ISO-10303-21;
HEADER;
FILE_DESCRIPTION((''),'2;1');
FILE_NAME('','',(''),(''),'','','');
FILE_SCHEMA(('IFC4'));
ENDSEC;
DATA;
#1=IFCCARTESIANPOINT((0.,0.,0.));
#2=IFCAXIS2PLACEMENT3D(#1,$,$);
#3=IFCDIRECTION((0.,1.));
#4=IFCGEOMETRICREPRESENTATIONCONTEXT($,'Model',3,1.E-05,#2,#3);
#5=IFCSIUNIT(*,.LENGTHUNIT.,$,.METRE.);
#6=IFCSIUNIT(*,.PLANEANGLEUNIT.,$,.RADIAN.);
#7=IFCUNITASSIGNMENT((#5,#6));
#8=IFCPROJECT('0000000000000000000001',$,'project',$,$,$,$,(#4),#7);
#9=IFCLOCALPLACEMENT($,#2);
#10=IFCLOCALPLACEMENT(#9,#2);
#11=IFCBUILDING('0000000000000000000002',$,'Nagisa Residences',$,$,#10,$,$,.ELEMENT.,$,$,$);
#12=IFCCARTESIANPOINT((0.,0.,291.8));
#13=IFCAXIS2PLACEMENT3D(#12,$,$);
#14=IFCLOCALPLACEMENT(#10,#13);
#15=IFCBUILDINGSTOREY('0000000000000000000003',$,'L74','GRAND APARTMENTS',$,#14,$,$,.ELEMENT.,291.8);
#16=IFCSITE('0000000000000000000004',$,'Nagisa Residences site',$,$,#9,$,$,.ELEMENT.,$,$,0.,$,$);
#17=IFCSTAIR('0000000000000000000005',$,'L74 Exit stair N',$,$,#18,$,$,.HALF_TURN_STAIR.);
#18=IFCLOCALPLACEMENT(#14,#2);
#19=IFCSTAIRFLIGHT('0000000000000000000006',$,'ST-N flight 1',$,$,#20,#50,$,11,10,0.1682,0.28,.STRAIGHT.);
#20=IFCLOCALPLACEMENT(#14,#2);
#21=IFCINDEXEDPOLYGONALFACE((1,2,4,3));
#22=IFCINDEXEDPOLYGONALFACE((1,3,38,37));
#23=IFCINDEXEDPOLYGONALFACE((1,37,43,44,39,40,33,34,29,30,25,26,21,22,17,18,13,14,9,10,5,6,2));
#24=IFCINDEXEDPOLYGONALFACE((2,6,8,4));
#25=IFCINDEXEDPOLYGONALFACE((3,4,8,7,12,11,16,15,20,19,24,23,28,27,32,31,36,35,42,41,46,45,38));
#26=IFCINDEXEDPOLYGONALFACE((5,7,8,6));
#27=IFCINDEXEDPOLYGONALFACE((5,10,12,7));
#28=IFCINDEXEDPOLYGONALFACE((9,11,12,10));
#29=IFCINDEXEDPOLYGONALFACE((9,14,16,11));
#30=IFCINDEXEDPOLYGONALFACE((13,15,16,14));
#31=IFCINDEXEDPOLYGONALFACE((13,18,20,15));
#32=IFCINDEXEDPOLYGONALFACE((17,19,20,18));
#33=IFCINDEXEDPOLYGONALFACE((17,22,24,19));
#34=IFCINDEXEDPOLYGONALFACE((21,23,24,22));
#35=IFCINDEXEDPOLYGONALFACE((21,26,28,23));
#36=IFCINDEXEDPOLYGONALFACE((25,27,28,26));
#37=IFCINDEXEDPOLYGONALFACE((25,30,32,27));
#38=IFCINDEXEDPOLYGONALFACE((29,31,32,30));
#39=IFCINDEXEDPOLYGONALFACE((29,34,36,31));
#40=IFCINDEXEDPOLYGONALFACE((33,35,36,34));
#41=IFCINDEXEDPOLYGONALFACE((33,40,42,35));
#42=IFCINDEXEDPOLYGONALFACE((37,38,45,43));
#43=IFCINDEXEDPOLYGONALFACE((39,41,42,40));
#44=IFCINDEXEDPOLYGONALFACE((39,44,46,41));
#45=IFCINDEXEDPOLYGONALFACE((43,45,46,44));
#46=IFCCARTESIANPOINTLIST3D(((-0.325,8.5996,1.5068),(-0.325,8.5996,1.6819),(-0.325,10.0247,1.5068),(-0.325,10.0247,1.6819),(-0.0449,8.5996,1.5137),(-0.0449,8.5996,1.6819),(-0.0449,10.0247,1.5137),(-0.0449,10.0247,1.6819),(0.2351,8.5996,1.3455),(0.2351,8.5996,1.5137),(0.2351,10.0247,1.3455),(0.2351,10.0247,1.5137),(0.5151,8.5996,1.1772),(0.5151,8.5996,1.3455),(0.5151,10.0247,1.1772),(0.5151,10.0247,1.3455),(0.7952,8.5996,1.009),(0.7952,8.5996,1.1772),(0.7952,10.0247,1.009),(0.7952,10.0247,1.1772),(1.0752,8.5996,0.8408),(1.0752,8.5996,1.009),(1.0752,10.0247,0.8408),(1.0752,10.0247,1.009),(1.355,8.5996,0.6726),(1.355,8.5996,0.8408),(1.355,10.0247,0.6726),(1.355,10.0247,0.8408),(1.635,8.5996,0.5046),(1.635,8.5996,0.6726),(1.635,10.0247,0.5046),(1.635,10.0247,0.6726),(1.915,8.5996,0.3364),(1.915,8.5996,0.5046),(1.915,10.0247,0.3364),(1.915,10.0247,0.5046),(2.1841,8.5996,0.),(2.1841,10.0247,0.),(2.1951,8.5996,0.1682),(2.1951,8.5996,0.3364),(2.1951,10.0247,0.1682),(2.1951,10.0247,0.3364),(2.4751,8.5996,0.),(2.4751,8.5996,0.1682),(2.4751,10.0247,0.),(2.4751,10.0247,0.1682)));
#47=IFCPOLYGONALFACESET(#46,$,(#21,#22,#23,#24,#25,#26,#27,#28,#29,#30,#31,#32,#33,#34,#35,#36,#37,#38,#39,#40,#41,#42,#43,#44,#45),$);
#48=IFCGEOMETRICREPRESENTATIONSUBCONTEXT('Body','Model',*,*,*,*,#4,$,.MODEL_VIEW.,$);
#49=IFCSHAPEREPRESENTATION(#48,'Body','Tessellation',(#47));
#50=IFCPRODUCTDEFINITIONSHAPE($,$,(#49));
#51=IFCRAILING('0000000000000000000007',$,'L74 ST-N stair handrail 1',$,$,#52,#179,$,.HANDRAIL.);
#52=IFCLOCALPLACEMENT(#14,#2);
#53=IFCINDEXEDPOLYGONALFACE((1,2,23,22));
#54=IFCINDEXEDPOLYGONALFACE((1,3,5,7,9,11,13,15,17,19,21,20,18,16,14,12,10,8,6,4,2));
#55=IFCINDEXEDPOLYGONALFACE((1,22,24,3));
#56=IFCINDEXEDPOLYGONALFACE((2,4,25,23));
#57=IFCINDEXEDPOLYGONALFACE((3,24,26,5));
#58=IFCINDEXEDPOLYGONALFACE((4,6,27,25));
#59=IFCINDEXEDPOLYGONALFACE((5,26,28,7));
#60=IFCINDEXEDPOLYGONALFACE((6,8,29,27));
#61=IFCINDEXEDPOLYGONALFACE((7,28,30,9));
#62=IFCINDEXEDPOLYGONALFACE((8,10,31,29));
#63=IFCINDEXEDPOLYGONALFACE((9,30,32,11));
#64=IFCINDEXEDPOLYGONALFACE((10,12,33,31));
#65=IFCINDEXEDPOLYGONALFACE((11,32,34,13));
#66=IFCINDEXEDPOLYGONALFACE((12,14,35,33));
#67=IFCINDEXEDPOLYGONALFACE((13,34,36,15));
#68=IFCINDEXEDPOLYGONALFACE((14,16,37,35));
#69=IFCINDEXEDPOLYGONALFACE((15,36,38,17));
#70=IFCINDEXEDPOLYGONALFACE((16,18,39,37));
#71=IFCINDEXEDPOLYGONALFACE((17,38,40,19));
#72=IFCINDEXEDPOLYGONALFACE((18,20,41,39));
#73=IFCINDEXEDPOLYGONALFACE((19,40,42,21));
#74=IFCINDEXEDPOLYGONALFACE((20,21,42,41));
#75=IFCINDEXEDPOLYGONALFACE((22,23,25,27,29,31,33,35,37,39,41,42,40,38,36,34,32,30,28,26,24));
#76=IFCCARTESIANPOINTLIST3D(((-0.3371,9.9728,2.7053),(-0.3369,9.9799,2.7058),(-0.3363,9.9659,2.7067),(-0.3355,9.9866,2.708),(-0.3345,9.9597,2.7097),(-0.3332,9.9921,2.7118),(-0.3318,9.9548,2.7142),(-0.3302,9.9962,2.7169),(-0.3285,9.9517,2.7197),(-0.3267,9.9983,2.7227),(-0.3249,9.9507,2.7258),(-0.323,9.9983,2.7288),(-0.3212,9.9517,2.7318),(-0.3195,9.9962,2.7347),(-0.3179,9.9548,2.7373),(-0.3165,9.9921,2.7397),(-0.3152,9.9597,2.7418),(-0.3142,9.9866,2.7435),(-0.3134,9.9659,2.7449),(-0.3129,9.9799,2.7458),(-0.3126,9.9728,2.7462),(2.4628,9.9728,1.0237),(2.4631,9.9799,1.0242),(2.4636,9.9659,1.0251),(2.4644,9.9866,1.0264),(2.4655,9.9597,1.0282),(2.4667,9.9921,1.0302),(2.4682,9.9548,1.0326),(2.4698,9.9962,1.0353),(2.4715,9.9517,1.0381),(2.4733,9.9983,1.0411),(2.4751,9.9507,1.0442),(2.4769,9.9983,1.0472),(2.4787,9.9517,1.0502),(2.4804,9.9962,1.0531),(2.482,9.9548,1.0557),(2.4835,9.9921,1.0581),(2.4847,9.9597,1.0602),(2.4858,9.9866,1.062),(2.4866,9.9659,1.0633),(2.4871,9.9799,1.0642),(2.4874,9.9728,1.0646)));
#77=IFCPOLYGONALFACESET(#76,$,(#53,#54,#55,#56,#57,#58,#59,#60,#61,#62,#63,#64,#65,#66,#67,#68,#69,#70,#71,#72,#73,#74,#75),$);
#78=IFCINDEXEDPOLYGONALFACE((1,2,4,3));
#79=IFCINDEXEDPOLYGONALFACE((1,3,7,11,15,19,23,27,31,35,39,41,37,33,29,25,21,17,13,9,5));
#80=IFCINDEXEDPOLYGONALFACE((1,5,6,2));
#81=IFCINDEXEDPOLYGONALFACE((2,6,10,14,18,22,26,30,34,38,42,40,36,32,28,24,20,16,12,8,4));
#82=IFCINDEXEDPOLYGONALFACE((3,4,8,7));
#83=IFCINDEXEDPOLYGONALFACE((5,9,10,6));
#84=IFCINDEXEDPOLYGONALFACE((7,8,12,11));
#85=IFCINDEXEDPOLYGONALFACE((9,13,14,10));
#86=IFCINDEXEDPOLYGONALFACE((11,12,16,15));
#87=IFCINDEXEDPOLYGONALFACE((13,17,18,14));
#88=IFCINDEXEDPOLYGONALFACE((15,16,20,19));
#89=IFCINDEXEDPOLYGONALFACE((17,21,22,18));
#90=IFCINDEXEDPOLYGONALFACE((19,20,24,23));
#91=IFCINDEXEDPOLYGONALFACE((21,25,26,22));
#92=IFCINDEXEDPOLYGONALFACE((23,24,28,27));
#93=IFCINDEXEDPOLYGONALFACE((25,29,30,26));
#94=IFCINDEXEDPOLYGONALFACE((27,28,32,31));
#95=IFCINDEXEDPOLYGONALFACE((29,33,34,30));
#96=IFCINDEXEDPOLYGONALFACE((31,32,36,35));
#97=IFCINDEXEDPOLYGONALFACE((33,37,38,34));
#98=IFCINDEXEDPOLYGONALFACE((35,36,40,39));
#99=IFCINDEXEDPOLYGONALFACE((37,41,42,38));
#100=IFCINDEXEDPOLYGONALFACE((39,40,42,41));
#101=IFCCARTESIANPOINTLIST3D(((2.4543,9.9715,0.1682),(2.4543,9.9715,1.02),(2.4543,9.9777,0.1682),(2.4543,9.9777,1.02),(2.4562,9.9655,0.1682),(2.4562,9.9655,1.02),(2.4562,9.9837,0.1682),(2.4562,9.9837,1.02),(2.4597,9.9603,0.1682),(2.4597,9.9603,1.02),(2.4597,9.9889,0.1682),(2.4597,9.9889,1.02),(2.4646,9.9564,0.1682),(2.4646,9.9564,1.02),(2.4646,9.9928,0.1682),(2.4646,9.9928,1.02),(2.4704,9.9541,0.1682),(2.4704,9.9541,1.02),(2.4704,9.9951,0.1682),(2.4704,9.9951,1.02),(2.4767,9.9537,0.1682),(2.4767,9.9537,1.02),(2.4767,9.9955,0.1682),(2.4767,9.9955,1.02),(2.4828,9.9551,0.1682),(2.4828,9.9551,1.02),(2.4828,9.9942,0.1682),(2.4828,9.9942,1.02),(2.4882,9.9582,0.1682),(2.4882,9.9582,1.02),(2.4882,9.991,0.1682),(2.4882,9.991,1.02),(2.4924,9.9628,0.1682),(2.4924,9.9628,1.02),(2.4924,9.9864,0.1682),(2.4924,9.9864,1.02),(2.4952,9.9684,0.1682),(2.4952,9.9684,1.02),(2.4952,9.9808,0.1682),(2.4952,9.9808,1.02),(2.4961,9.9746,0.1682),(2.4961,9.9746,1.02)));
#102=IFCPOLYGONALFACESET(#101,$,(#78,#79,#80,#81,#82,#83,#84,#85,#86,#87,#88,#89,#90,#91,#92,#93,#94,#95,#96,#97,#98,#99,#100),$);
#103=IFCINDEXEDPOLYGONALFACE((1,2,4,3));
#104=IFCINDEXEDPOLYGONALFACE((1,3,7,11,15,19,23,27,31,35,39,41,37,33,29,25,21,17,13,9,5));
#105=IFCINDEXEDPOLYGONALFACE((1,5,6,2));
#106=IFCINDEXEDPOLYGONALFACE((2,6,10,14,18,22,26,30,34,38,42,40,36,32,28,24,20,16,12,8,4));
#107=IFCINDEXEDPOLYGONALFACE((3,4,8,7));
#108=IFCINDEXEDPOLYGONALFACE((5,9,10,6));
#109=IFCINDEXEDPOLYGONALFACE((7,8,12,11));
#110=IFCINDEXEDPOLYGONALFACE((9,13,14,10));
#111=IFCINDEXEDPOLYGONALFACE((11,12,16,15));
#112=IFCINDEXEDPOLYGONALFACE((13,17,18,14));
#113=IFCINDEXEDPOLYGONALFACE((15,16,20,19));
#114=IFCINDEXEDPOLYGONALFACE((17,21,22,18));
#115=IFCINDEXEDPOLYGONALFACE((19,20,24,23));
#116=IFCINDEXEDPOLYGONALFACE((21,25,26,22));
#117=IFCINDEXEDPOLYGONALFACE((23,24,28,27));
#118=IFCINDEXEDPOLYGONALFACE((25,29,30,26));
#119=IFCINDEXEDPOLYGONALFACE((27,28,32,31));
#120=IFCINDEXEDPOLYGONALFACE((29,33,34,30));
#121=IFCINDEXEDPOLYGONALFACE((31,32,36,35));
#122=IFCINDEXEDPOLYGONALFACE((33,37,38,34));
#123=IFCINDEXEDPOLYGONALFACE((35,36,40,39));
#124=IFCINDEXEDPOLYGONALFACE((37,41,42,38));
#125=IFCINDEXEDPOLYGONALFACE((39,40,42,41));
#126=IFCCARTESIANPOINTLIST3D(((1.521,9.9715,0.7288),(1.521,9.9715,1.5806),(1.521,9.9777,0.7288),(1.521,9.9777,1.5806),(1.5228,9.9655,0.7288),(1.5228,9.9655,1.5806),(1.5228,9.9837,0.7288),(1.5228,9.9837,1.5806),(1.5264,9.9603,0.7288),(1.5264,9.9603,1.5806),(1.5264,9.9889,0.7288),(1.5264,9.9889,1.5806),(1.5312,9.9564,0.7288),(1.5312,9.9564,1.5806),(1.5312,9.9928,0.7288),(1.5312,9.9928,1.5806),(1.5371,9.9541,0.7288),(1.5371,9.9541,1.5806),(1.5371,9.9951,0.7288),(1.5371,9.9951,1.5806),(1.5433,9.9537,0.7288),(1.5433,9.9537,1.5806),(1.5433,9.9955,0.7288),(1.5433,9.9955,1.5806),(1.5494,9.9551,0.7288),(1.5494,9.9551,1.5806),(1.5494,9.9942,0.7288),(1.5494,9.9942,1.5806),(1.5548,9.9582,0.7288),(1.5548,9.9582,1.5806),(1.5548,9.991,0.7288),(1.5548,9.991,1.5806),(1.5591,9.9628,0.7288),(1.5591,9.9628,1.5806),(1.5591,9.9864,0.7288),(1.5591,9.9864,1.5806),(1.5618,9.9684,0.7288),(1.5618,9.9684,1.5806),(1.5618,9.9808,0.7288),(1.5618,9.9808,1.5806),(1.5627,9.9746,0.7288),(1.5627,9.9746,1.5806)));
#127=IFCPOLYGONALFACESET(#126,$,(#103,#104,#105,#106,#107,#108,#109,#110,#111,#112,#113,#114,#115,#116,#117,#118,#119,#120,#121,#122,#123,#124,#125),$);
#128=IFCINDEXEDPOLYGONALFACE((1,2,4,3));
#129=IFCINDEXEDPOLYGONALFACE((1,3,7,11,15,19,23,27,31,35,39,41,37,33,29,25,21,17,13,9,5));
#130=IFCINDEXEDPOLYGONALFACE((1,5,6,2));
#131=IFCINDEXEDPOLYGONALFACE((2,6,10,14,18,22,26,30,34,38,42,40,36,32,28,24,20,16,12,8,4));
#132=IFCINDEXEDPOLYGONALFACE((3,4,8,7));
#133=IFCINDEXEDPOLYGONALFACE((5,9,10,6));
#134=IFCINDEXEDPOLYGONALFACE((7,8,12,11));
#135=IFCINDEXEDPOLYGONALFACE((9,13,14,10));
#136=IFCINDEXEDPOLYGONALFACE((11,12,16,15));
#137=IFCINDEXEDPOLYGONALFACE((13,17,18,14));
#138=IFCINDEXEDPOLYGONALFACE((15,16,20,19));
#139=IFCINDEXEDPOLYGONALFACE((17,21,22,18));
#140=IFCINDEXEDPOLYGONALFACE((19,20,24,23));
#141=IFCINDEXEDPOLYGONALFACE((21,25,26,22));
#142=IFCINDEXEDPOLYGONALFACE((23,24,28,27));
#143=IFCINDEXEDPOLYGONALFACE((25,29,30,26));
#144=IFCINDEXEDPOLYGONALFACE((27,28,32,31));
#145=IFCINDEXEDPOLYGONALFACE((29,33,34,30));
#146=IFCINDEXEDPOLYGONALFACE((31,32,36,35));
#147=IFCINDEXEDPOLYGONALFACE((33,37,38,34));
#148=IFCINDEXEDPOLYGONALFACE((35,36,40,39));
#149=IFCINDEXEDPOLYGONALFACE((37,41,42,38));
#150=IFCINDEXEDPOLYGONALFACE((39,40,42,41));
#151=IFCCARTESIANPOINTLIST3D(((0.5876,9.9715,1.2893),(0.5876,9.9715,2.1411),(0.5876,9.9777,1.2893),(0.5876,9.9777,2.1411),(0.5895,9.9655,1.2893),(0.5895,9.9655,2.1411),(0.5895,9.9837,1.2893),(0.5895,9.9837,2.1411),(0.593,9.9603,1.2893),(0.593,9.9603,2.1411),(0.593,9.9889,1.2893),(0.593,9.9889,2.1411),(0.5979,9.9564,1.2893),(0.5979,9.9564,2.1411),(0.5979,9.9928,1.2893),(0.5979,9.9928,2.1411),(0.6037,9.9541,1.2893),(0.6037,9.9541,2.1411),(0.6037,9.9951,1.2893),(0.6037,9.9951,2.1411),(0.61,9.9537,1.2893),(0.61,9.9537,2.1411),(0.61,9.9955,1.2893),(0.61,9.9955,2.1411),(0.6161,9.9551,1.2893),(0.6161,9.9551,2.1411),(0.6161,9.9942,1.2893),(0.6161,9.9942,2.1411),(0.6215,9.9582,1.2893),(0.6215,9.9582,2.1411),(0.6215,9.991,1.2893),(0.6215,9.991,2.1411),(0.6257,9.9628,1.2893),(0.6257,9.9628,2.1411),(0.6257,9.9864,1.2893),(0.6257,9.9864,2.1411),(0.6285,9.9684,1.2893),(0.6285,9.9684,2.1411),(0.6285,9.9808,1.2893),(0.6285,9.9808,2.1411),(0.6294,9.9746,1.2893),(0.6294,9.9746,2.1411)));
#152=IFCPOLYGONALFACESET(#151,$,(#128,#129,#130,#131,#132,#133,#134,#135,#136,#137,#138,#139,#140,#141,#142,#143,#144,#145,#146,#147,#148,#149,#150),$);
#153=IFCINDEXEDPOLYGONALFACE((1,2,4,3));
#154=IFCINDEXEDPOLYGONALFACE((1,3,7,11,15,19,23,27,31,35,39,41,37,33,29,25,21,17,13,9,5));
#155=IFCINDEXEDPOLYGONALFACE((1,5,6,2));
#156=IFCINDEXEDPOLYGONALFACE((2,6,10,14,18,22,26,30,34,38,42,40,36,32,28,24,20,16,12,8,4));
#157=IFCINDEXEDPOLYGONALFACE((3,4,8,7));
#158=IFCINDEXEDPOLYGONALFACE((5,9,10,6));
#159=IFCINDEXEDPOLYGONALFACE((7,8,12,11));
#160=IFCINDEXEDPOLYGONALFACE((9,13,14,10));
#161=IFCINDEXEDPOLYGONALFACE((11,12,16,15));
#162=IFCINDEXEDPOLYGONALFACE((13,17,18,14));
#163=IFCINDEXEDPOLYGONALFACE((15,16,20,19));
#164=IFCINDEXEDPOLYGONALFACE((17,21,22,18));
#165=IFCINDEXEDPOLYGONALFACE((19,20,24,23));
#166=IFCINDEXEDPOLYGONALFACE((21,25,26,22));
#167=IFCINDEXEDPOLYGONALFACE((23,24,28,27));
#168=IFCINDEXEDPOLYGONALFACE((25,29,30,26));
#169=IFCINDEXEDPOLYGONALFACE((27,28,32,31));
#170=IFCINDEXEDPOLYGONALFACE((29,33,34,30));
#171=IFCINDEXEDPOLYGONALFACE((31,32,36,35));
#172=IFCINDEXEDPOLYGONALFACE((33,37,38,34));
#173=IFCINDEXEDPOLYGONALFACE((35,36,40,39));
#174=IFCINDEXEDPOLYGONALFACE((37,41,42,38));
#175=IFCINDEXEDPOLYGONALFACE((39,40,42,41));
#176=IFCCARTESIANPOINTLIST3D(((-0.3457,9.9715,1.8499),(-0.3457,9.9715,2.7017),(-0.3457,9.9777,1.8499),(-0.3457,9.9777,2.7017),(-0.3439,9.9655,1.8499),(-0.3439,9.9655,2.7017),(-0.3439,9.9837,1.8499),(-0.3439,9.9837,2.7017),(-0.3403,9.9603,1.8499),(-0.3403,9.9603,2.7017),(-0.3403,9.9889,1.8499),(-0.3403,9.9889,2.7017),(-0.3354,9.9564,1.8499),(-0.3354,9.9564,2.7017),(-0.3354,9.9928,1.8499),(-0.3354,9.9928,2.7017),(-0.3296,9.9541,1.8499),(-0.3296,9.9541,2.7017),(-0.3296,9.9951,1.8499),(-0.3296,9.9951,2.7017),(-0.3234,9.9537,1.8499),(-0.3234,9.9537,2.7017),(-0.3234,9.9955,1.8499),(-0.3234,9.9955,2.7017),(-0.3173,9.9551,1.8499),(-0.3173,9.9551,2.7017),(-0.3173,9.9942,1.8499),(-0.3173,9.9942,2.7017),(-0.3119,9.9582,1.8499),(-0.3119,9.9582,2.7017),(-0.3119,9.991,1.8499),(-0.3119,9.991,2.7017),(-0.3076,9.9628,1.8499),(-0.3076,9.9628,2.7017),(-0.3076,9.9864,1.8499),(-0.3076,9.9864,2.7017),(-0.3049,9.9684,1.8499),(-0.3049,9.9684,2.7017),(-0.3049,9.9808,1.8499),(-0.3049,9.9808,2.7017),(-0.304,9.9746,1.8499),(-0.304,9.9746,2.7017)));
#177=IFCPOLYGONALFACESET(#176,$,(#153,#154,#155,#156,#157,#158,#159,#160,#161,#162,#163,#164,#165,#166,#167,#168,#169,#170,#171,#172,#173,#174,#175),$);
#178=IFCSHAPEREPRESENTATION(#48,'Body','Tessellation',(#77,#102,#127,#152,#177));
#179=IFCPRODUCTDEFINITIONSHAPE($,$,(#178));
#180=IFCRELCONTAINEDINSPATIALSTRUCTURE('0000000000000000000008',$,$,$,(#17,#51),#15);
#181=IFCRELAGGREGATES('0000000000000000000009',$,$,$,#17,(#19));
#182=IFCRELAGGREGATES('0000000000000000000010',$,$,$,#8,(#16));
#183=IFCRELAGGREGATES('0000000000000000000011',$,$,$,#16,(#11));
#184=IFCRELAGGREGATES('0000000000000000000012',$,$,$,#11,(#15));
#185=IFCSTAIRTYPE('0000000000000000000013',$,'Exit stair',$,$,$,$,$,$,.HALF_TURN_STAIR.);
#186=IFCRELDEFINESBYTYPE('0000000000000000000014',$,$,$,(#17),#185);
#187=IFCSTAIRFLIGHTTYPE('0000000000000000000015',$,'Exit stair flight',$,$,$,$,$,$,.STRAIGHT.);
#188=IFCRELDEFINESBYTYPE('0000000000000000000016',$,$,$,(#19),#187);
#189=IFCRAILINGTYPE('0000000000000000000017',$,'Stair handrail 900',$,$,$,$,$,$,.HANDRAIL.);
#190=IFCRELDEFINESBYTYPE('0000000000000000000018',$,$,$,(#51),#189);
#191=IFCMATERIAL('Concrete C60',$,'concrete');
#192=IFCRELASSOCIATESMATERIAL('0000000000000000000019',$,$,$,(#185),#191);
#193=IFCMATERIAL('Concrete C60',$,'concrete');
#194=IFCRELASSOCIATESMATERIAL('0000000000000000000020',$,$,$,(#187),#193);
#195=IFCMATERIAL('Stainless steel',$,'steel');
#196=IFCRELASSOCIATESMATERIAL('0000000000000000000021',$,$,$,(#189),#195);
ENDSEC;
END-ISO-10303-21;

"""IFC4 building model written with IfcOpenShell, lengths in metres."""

from ifc_helpers import new_model, si_unit, direction, frame, origin, origin_2d, place, context, subcontext, project, spatial, polyline, circle, outline, extrude, material, type_object, element, aggregate, save


model = new_model("IFC4")

# Units and contexts
model_context = context("Model", 3, precision=1e-05, world=origin(), true_north=direction((0.0, 1.0)))
body_context = subcontext(model_context, "Body", "Model", "MODEL_VIEW")
ifc_project = project(units=[si_unit("LENGTHUNIT", "METRE"), si_unit("PLANEANGLEUNIT", "RADIAN")], contexts=[model_context])

# Site, building, storey
site_placement = place(None, origin())
site = spatial("IfcSite", under=ifc_project, at=site_placement, Name="Nagisa Residences site", CompositionType="ELEMENT", RefElevation=0.0)
building_placement = place(site_placement, origin())
building = spatial("IfcBuilding", under=site, at=building_placement, Name="Nagisa Residences", CompositionType="ELEMENT")
storey_placement = place(building_placement, frame((0.0, 0.0, 291.8)))
storey = spatial("IfcBuildingStorey", under=building, at=storey_placement, Name="L74", Description="GRAND APARTMENTS", CompositionType="ELEMENT", Elevation=291.8)

# Stair, stair flight
ifc_material_1 = material(Name="Concrete C60", Category="concrete")
stair_type = type_object("IfcStairType", Name="Exit stair", PredefinedType="HALF_TURN_STAIR", material=ifc_material_1)
stair_placement = place(storey_placement, origin())
stair = element("IfcStair", 1, at=stair_placement, inside=storey, type_object=stair_type, Name="L74 Exit stair N", PredefinedType="HALF_TURN_STAIR")
ifc_material_2 = material(Name="Concrete C60", Category="concrete")
stair_flight_type = type_object("IfcStairFlightType", Name="Exit stair flight", PredefinedType="STRAIGHT", material=ifc_material_2)
stair_flight_placement = place(storey_placement, frame((2.4751, 9.312, 0.0), z_axis=(0.0, 0.0, 1.0), x_axis=(-1.0, 0.0, 0.0)))
stair_flight = element("IfcStairFlight", 2, at=stair_flight_placement, type_object=stair_flight_type, Name="ST-N flight 1", NumberOfRisers=11, NumberOfTreads=10, PredefinedType="STRAIGHT", RiserHeight=0.1682, TreadLength=0.28, context=body_context, shape_type="SweptSolid", body=[
    extrude(outline(polyline([(0.0, 0.0), (0.0, 0.1682), (0.28, 0.1682), (0.28, 0.3364), (0.5601, 0.3364), (0.5601, 0.5046), (0.8401, 0.5046), (0.8401, 0.6726), (1.1201, 0.6726), (1.1201, 0.8408), (1.3999, 0.8408), (1.3999, 1.009), (1.6799, 1.009), (1.6799, 1.1772), (1.96, 1.1772), (1.96, 1.3455), (2.24, 1.3455), (2.24, 1.5137), (2.52, 1.5137), (2.52, 1.6819), (2.8, 1.6819), (2.8, 1.8501), (2.8, 1.5068), (0.291, 0.0), (0.0, 0.0)])), frame((0.0, 0.7124, 0.0), z_axis=(0.0, -1.0, 0.0), x_axis=(1.0, 0.0, 0.0)), (0.0, 0.0, 1.0), 1.425),
])
aggregate(stair, [stair_flight])

# Railing
ifc_material_3 = material(Name="Stainless steel", Category="steel")
railing_type_1 = type_object("IfcRailingType", Name="Stair handrail 900", PredefinedType="HANDRAIL", material=ifc_material_3)
railing_1_placement = place(storey_placement, frame((2.4751, 9.9746, 0.1682)))
element("IfcRailing", 3, at=railing_1_placement, inside=storey, type_object=railing_type_1, Name="L74 ST-N stair handrail 1", PredefinedType="HANDRAIL", context=body_context, shape_type="SweptSolid", body=[
    extrude(circle(Radius=0.0239, at=origin_2d()), frame((0.0, 0.0, 0.876), z_axis=(-0.857275, 0.0, 0.514858), x_axis=(0.0, -1.0, 0.0)), (0.0, 0.0, 1.0), 3.2661),
    extrude(circle(Radius=0.021, at=origin_2d()), origin(), (0.0, 0.0, 1.0), 0.8518),
    extrude(circle(Radius=0.021, at=origin_2d()), frame((-0.9333, 0.0, 0.5605)), (0.0, 0.0, 1.0), 0.8518),
    extrude(circle(Radius=0.021, at=origin_2d()), frame((-1.8667, 0.0, 1.1211)), (0.0, 0.0, 1.0), 0.8518),
    extrude(circle(Radius=0.021, at=origin_2d()), frame((-2.8, 0.0, 1.6816)), (0.0, 0.0, 1.0), 0.8518),
])

save(model, "model.ifc")
